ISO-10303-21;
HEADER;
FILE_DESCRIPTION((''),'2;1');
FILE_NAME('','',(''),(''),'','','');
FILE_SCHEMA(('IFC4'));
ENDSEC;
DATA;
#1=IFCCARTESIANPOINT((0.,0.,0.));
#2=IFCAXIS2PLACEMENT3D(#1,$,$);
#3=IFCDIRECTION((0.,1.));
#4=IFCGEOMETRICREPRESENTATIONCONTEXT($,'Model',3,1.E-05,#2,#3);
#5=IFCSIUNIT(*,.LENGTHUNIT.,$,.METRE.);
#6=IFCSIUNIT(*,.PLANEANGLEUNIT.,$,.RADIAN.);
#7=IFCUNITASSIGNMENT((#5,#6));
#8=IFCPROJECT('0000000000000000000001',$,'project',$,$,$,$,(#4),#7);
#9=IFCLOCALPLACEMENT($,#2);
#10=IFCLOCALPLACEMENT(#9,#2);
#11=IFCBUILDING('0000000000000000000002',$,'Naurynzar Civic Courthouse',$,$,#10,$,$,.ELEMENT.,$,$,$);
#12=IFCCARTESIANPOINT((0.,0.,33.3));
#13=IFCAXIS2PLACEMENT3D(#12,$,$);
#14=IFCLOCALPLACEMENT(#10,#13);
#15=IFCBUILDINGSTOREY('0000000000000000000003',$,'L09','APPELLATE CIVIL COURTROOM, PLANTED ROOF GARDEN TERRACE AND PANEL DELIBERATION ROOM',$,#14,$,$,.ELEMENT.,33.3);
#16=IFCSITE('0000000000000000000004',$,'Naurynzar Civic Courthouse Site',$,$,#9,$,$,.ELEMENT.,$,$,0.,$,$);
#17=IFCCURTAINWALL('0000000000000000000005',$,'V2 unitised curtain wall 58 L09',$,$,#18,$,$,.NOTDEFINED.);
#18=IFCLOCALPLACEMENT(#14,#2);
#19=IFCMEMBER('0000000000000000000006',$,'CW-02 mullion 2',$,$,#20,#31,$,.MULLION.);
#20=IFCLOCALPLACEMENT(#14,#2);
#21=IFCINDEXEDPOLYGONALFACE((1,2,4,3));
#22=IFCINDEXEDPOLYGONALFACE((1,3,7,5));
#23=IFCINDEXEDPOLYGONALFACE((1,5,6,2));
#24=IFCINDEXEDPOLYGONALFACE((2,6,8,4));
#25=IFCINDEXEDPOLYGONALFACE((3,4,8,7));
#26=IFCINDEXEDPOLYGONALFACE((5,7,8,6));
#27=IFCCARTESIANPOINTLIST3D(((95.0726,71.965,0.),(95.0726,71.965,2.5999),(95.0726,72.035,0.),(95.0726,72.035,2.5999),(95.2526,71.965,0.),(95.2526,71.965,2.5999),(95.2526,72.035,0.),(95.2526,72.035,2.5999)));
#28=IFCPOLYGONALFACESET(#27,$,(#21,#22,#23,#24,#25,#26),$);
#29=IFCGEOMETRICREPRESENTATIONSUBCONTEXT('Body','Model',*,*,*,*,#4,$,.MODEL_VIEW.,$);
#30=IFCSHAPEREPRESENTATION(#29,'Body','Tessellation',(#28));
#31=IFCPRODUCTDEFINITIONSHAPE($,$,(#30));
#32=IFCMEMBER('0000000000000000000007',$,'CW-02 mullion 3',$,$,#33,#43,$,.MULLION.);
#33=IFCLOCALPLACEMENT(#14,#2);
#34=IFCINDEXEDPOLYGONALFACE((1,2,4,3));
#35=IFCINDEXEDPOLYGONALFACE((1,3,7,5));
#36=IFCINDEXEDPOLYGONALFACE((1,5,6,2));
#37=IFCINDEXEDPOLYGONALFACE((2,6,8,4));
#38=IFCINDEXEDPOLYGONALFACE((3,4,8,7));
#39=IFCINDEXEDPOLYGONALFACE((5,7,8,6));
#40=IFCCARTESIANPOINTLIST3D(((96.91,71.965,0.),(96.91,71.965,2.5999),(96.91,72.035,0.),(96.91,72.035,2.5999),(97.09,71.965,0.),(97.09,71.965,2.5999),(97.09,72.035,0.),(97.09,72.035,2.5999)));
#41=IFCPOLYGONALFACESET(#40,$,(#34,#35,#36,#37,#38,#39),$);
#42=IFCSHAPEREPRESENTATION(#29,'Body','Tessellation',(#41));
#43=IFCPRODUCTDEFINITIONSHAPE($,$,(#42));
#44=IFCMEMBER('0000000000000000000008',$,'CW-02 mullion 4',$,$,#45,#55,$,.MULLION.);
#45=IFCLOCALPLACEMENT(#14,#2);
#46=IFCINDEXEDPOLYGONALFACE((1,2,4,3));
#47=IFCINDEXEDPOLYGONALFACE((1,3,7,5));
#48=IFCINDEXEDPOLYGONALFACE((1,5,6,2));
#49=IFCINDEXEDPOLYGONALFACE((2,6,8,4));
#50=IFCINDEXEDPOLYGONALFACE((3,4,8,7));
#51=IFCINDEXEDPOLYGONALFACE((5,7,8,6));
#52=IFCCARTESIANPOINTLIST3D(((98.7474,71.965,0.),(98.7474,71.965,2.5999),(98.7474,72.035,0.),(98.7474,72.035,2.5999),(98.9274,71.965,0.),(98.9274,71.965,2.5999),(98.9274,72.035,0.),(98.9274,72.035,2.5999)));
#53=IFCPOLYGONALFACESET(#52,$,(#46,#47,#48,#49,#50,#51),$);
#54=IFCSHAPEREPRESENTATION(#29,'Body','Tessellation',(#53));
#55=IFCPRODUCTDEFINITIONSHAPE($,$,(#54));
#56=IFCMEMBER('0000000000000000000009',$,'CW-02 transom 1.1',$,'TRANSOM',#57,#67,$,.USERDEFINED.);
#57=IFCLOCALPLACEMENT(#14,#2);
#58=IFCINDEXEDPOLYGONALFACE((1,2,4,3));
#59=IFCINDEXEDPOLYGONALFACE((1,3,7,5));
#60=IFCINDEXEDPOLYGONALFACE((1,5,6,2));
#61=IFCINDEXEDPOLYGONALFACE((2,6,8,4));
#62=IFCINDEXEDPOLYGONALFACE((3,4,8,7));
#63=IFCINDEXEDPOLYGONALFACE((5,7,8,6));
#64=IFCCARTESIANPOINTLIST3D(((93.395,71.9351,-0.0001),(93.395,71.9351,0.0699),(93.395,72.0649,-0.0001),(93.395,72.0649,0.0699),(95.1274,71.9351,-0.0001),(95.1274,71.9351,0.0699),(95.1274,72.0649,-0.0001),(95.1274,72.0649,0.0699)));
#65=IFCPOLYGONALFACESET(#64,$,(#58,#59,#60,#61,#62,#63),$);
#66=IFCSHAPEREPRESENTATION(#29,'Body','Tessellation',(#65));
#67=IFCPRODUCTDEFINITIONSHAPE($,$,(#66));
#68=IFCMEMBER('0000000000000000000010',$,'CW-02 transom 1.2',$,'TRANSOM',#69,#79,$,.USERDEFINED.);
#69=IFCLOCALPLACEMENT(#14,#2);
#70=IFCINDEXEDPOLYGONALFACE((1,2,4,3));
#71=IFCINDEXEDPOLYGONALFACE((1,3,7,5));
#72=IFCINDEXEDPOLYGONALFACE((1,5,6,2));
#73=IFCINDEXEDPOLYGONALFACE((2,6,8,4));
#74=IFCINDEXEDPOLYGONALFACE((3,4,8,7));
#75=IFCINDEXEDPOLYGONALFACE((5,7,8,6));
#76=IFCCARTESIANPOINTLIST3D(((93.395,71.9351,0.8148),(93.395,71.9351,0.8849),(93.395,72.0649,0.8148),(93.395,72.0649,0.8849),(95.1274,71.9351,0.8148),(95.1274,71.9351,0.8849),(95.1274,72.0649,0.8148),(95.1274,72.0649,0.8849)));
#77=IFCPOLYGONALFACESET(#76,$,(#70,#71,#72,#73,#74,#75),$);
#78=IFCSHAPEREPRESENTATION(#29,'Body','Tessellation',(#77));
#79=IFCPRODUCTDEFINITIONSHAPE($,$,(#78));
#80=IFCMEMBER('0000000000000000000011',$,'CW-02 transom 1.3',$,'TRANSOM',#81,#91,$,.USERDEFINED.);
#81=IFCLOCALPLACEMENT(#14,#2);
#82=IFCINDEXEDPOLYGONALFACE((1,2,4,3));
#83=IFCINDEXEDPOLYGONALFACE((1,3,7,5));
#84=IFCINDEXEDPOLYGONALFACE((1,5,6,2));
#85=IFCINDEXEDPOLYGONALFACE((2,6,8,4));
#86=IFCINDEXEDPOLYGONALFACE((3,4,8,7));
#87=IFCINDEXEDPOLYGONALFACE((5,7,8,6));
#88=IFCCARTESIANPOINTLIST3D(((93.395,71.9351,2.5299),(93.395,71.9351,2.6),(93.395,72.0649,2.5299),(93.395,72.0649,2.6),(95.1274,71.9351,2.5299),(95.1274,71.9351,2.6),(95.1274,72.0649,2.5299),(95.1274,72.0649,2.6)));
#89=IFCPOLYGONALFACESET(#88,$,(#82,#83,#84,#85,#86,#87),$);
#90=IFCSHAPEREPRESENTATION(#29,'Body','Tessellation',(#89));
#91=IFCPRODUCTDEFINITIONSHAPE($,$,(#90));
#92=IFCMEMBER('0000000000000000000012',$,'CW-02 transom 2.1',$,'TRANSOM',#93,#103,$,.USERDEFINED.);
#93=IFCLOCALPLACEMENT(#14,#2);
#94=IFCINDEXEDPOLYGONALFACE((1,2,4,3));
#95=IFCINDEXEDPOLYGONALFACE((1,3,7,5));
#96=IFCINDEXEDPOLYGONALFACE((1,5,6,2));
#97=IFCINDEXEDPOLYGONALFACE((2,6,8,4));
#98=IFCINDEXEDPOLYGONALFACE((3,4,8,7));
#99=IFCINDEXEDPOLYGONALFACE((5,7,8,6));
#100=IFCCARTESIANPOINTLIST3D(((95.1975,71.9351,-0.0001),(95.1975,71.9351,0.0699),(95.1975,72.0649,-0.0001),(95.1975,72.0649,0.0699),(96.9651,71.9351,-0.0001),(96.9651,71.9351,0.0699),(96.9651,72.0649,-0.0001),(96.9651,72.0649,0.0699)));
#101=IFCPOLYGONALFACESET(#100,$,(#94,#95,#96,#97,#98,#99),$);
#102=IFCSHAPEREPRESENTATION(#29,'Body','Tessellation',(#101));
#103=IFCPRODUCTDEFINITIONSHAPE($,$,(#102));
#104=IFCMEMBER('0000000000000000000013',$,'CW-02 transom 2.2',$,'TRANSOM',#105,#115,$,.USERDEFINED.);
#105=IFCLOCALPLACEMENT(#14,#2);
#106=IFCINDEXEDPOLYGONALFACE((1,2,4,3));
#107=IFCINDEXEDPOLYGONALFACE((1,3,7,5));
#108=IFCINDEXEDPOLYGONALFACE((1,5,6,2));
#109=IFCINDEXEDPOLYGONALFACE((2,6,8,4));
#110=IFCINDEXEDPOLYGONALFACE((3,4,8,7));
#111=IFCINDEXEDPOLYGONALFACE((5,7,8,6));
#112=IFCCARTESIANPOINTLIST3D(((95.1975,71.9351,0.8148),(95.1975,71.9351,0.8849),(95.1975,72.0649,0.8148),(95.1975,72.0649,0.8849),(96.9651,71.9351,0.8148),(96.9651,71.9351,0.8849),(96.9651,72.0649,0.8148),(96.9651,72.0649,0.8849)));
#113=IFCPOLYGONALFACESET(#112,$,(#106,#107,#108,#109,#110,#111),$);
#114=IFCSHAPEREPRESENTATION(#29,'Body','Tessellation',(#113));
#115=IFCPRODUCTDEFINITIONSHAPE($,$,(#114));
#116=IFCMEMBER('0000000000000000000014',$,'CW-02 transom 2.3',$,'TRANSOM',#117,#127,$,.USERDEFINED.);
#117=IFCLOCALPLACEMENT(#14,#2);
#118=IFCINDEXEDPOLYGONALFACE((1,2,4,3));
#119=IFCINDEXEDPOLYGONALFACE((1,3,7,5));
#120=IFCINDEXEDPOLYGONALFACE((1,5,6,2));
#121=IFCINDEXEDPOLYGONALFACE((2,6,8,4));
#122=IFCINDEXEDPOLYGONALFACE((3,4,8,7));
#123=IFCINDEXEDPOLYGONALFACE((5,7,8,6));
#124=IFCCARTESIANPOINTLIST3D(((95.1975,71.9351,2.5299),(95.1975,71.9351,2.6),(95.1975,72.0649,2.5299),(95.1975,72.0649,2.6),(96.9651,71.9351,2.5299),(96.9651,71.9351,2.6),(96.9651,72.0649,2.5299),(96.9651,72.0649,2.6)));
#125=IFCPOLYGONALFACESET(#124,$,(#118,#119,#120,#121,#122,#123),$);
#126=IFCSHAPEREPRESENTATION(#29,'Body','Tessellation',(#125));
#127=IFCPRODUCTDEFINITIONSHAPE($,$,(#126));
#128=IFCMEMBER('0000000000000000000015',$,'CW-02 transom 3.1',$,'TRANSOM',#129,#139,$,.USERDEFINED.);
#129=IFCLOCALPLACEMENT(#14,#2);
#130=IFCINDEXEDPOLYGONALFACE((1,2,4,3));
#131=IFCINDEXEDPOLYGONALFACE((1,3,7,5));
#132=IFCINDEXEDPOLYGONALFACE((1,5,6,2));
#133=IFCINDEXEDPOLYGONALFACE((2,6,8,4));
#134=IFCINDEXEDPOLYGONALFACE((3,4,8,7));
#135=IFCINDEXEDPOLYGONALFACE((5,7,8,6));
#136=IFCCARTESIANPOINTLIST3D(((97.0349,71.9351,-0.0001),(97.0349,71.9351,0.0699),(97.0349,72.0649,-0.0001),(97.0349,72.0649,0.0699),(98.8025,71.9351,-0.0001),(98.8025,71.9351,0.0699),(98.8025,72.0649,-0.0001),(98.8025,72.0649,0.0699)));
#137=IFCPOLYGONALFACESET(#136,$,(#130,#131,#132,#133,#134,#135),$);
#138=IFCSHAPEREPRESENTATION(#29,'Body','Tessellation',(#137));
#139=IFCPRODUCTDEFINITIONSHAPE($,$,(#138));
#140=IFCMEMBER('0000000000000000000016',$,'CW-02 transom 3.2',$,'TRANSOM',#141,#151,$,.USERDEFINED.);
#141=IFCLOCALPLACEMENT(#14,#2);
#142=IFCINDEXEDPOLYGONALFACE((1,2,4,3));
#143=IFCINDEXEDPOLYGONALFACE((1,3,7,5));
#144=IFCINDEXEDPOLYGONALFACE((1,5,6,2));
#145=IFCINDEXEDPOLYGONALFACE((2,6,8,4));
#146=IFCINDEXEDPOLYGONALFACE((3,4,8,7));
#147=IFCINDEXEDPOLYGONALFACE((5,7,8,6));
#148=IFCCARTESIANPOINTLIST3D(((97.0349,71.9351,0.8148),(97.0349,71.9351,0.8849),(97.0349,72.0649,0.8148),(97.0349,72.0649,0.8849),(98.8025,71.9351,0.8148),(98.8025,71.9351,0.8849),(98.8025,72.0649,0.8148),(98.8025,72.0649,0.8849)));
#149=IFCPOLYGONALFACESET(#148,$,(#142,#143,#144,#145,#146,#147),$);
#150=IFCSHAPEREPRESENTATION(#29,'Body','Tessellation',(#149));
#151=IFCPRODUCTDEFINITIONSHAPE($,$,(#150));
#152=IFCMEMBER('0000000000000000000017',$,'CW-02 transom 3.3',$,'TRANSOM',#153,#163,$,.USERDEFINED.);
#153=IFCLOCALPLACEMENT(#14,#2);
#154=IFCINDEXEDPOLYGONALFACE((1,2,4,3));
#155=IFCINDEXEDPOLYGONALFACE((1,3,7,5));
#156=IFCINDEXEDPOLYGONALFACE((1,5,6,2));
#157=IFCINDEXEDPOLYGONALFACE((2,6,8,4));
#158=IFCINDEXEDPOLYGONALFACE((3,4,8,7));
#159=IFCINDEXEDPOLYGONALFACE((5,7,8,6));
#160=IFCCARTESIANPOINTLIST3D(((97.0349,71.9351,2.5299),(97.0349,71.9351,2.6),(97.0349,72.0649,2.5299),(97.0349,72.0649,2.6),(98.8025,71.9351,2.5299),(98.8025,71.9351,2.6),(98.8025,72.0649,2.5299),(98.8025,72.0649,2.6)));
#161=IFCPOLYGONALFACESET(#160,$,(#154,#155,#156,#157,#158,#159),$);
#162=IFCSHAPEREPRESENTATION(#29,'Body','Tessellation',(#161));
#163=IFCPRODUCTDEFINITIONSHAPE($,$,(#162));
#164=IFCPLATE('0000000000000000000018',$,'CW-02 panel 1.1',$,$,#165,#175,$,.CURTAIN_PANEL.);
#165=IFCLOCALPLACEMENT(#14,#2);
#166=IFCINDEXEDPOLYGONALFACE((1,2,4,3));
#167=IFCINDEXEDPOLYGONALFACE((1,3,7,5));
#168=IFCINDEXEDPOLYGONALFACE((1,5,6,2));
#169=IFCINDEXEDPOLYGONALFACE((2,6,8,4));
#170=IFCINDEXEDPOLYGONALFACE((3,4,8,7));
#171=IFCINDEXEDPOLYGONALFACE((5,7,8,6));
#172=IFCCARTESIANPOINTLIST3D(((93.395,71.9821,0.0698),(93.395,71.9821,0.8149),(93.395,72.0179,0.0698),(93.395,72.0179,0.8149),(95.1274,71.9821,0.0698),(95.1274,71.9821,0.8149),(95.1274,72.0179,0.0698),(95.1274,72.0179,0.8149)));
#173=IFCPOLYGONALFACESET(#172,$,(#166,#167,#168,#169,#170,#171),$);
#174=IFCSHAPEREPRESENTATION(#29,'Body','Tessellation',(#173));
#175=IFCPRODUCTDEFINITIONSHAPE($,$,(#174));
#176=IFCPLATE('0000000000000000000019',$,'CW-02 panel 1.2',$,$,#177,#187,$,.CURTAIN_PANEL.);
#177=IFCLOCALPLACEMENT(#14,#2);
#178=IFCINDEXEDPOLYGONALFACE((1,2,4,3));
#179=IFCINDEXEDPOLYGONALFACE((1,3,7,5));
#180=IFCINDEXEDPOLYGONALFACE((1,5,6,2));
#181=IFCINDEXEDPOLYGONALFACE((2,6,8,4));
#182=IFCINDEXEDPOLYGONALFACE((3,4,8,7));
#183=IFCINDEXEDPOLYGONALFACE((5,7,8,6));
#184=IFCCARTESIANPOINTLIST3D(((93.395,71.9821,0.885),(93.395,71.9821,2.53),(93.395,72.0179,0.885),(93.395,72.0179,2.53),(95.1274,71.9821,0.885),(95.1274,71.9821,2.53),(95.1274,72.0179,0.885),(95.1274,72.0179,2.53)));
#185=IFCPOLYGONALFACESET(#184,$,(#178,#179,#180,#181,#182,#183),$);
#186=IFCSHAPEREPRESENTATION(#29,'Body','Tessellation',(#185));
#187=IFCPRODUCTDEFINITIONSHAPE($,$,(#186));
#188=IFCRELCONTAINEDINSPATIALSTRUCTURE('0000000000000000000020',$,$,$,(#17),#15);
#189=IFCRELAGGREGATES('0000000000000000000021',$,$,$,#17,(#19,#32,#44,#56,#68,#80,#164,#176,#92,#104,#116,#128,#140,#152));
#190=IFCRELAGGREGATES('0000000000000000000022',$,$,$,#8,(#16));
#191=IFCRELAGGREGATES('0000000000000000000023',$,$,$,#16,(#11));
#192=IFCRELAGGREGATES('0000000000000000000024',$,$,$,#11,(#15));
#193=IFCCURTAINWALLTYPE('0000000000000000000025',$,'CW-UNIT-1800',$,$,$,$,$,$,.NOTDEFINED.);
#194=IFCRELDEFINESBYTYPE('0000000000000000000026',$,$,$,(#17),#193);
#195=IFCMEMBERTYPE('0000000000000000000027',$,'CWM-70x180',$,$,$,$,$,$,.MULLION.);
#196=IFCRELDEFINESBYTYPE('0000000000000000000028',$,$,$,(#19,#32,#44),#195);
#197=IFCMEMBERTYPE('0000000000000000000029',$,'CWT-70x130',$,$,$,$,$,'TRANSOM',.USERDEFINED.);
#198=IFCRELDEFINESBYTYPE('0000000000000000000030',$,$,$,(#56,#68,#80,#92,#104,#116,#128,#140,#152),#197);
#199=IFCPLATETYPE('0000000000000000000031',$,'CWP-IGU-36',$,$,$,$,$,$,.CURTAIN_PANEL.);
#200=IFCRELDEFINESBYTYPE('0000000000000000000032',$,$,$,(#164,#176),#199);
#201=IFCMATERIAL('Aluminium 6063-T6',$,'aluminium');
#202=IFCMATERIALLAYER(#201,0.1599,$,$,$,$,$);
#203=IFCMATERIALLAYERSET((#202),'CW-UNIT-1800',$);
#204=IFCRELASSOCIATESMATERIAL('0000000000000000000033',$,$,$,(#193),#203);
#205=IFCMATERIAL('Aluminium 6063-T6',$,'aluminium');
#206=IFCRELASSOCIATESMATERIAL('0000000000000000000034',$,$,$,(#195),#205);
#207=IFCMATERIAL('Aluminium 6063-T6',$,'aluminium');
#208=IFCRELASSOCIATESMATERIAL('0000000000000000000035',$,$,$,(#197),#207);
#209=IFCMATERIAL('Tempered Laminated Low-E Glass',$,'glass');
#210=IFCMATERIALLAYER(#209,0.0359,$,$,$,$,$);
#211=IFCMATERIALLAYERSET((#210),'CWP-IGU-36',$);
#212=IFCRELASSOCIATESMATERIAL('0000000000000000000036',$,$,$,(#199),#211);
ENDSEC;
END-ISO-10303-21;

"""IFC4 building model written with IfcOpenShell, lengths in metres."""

from ifc_helpers import new_model, si_unit, direction, frame, origin, origin_2d, place, context, subcontext, project, spatial, rectangle, extrude, material, layer, layer_set, material_profile, profile_set, type_object, element, aggregate, save


model = new_model("IFC4")

# Units and contexts
model_context = context("Model", 3, precision=1e-05, world=origin(), true_north=direction((0.0, 1.0)))
body_context = subcontext(model_context, "Body", "Model", "MODEL_VIEW")
ifc_project = project(units=[si_unit("LENGTHUNIT", "METRE"), si_unit("PLANEANGLEUNIT", "RADIAN")], contexts=[model_context])

# Site, building, storey
site_placement = place(None, origin())
site = spatial("IfcSite", under=ifc_project, at=site_placement, Name="Naurynzar Civic Courthouse Site", CompositionType="ELEMENT", RefElevation=0.0)
building_placement = place(site_placement, origin())
building = spatial("IfcBuilding", under=site, at=building_placement, Name="Naurynzar Civic Courthouse", CompositionType="ELEMENT")
storey_placement = place(building_placement, frame((0.0, 0.0, 33.3)))
storey = spatial("IfcBuildingStorey", under=building, at=storey_placement, Name="L09", Description="APPELLATE CIVIL COURTROOM, PLANTED ROOF GARDEN TERRACE AND PANEL DELIBERATION ROOM", CompositionType="ELEMENT", Elevation=33.3)

# Curtain wall, members, plates
ifc_material_1 = material(Name="Aluminium 6063-T6", Category="aluminium")
ifc_layer_1 = layer(ifc_material_1, 0.1599)
ifc_layer_set_1 = layer_set([ifc_layer_1], Name="CW-UNIT-1800")
curtain_wall_type = type_object("IfcCurtainWallType", Name="CW-UNIT-1800", PredefinedType="NOTDEFINED", material=ifc_layer_set_1)
curtain_wall_placement = place(storey_placement, origin())
curtain_wall = element("IfcCurtainWall", 1, at=curtain_wall_placement, inside=storey, type_object=curtain_wall_type, Name="V2 unitised curtain wall 58 L09", PredefinedType="NOTDEFINED")
ifc_material_2 = material(Name="Aluminium 6063-T6", Category="aluminium")
ifc_material_profile_1 = material_profile(ifc_material_2, rectangle(XDim=0.0701, YDim=0.1799, at=origin_2d()), Name="ALU MULLION 70x180")
ifc_profile_set_1 = profile_set([ifc_material_profile_1], Name="Aluminium 6063-T6")
member_type_1 = type_object("IfcMemberType", Name="CWM-70x180", PredefinedType="MULLION", material=ifc_profile_set_1)
member_1_placement = place(storey_placement, frame((95.1626, 72.0, 0.0), z_axis=(0.0, 0.0, 1.0), x_axis=(0.0, 1.0, 0.0)))
member_1 = element("IfcMember", 2, at=member_1_placement, type_object=member_type_1, Name="CW-02 mullion 2", PredefinedType="MULLION", context=body_context, shape_type="SweptSolid", body=[
    extrude(rectangle(XDim=0.0701, YDim=0.1799, at=origin_2d()), origin(), (0.0, 0.0, 1.0), 2.5999),
])
member_2_placement = place(storey_placement, frame((97.0, 72.0, 0.0), z_axis=(0.0, 0.0, 1.0), x_axis=(0.0, 1.0, 0.0)))
member_2 = element("IfcMember", 3, at=member_2_placement, type_object=member_type_1, Name="CW-02 mullion 3", PredefinedType="MULLION", context=body_context, shape_type="SweptSolid", body=[
    extrude(rectangle(XDim=0.0701, YDim=0.1799, at=origin_2d()), origin(), (0.0, 0.0, 1.0), 2.5999),
])
member_3_placement = place(storey_placement, frame((98.8374, 72.0, 0.0), z_axis=(0.0, 0.0, 1.0), x_axis=(0.0, 1.0, 0.0)))
member_3 = element("IfcMember", 4, at=member_3_placement, type_object=member_type_1, Name="CW-02 mullion 4", PredefinedType="MULLION", context=body_context, shape_type="SweptSolid", body=[
    extrude(rectangle(XDim=0.0701, YDim=0.1799, at=origin_2d()), origin(), (0.0, 0.0, 1.0), 2.5999),
])
ifc_material_3 = material(Name="Aluminium 6063-T6", Category="aluminium")
ifc_material_profile_2 = material_profile(ifc_material_3, rectangle(XDim=0.1299, YDim=0.0701, at=origin_2d()), Name="ALU TRANSOM 70x130")
ifc_profile_set_2 = profile_set([ifc_material_profile_2], Name="Aluminium 6063-T6")
member_type_2 = type_object("IfcMemberType", Name="CWT-70x130", ElementType="TRANSOM", PredefinedType="USERDEFINED", material=ifc_profile_set_2)
member_4_placement = place(storey_placement, frame((93.395, 72.0, 0.0349), z_axis=(1.0, 0.0, 0.0), x_axis=(0.0, 1.0, 0.0)))
member_4 = element("IfcMember", 5, at=member_4_placement, type_object=member_type_2, Name="CW-02 transom 1.1", ObjectType="TRANSOM", PredefinedType="USERDEFINED", context=body_context, shape_type="SweptSolid", body=[
    extrude(rectangle(XDim=0.1299, YDim=0.0701, at=origin_2d()), origin(), (0.0, 0.0, 1.0), 1.7324),
])
member_5_placement = place(storey_placement, frame((93.395, 72.0, 0.8499), z_axis=(1.0, 0.0, 0.0), x_axis=(0.0, 1.0, 0.0)))
member_5 = element("IfcMember", 6, at=member_5_placement, type_object=member_type_2, Name="CW-02 transom 1.2", ObjectType="TRANSOM", PredefinedType="USERDEFINED", context=body_context, shape_type="SweptSolid", body=[
    extrude(rectangle(XDim=0.1299, YDim=0.0701, at=origin_2d()), origin(), (0.0, 0.0, 1.0), 1.7324),
])
member_6_placement = place(storey_placement, frame((93.395, 72.0, 2.5649), z_axis=(1.0, 0.0, 0.0), x_axis=(0.0, 1.0, 0.0)))
member_6 = element("IfcMember", 7, at=member_6_placement, type_object=member_type_2, Name="CW-02 transom 1.3", ObjectType="TRANSOM", PredefinedType="USERDEFINED", context=body_context, shape_type="SweptSolid", body=[
    extrude(rectangle(XDim=0.1299, YDim=0.0701, at=origin_2d()), origin(), (0.0, 0.0, 1.0), 1.7324),
])
member_7_placement = place(storey_placement, frame((95.1975, 72.0, 0.0349), z_axis=(1.0, 0.0, 0.0), x_axis=(0.0, 1.0, 0.0)))
member_7 = element("IfcMember", 8, at=member_7_placement, type_object=member_type_2, Name="CW-02 transom 2.1", ObjectType="TRANSOM", PredefinedType="USERDEFINED", context=body_context, shape_type="SweptSolid", body=[
    extrude(rectangle(XDim=0.1299, YDim=0.0701, at=origin_2d()), origin(), (0.0, 0.0, 1.0), 1.7676),
])
member_8_placement = place(storey_placement, frame((95.1975, 72.0, 0.8499), z_axis=(1.0, 0.0, 0.0), x_axis=(0.0, 1.0, 0.0)))
member_8 = element("IfcMember", 9, at=member_8_placement, type_object=member_type_2, Name="CW-02 transom 2.2", ObjectType="TRANSOM", PredefinedType="USERDEFINED", context=body_context, shape_type="SweptSolid", body=[
    extrude(rectangle(XDim=0.1299, YDim=0.0701, at=origin_2d()), origin(), (0.0, 0.0, 1.0), 1.7676),
])
member_9_placement = place(storey_placement, frame((95.1975, 72.0, 2.5649), z_axis=(1.0, 0.0, 0.0), x_axis=(0.0, 1.0, 0.0)))
member_9 = element("IfcMember", 10, at=member_9_placement, type_object=member_type_2, Name="CW-02 transom 2.3", ObjectType="TRANSOM", PredefinedType="USERDEFINED", context=body_context, shape_type="SweptSolid", body=[
    extrude(rectangle(XDim=0.1299, YDim=0.0701, at=origin_2d()), origin(), (0.0, 0.0, 1.0), 1.7676),
])
member_10_placement = place(storey_placement, frame((97.0349, 72.0, 0.0349), z_axis=(1.0, 0.0, 0.0), x_axis=(0.0, 1.0, 0.0)))
member_10 = element("IfcMember", 11, at=member_10_placement, type_object=member_type_2, Name="CW-02 transom 3.1", ObjectType="TRANSOM", PredefinedType="USERDEFINED", context=body_context, shape_type="SweptSolid", body=[
    extrude(rectangle(XDim=0.1299, YDim=0.0701, at=origin_2d()), origin(), (0.0, 0.0, 1.0), 1.7676),
])
member_11_placement = place(storey_placement, frame((97.0349, 72.0, 0.8499), z_axis=(1.0, 0.0, 0.0), x_axis=(0.0, 1.0, 0.0)))
member_11 = element("IfcMember", 12, at=member_11_placement, type_object=member_type_2, Name="CW-02 transom 3.2", ObjectType="TRANSOM", PredefinedType="USERDEFINED", context=body_context, shape_type="SweptSolid", body=[
    extrude(rectangle(XDim=0.1299, YDim=0.0701, at=origin_2d()), origin(), (0.0, 0.0, 1.0), 1.7676),
])
member_12_placement = place(storey_placement, frame((97.0349, 72.0, 2.5649), z_axis=(1.0, 0.0, 0.0), x_axis=(0.0, 1.0, 0.0)))
member_12 = element("IfcMember", 13, at=member_12_placement, type_object=member_type_2, Name="CW-02 transom 3.3", ObjectType="TRANSOM", PredefinedType="USERDEFINED", context=body_context, shape_type="SweptSolid", body=[
    extrude(rectangle(XDim=0.1299, YDim=0.0701, at=origin_2d()), origin(), (0.0, 0.0, 1.0), 1.7676),
])
ifc_material_4 = material(Name="Tempered Laminated Low-E Glass", Category="glass")
ifc_layer_2 = layer(ifc_material_4, 0.0359)
ifc_layer_set_2 = layer_set([ifc_layer_2], Name="CWP-IGU-36")
plate_type = type_object("IfcPlateType", Name="CWP-IGU-36", PredefinedType="CURTAIN_PANEL", material=ifc_layer_set_2)
plate_1_placement = place(storey_placement, frame((94.2612, 72.0, 0.0698), z_axis=(0.0, 0.0, 1.0), x_axis=(1.0, 0.0, 0.0)))
plate_1 = element("IfcPlate", 14, at=plate_1_placement, type_object=plate_type, Name="CW-02 panel 1.1", PredefinedType="CURTAIN_PANEL", context=body_context, shape_type="SweptSolid", body=[
    extrude(rectangle(XDim=1.7324, YDim=0.0359, at=origin_2d()), origin(), (0.0, 0.0, 1.0), 0.7451),
])
plate_2_placement = place(storey_placement, frame((94.2612, 72.0, 0.885), z_axis=(0.0, 0.0, 1.0), x_axis=(1.0, 0.0, 0.0)))
plate_2 = element("IfcPlate", 15, at=plate_2_placement, type_object=plate_type, Name="CW-02 panel 1.2", PredefinedType="CURTAIN_PANEL", context=body_context, shape_type="SweptSolid", body=[
    extrude(rectangle(XDim=1.7324, YDim=0.0359, at=origin_2d()), origin(), (0.0, 0.0, 1.0), 1.645),
])
aggregate(curtain_wall, [member_1, member_2, member_3, member_4, member_5, member_6, plate_1, plate_2, member_7, member_8, member_9, member_10, member_11, member_12])

save(model, "model.ifc")
